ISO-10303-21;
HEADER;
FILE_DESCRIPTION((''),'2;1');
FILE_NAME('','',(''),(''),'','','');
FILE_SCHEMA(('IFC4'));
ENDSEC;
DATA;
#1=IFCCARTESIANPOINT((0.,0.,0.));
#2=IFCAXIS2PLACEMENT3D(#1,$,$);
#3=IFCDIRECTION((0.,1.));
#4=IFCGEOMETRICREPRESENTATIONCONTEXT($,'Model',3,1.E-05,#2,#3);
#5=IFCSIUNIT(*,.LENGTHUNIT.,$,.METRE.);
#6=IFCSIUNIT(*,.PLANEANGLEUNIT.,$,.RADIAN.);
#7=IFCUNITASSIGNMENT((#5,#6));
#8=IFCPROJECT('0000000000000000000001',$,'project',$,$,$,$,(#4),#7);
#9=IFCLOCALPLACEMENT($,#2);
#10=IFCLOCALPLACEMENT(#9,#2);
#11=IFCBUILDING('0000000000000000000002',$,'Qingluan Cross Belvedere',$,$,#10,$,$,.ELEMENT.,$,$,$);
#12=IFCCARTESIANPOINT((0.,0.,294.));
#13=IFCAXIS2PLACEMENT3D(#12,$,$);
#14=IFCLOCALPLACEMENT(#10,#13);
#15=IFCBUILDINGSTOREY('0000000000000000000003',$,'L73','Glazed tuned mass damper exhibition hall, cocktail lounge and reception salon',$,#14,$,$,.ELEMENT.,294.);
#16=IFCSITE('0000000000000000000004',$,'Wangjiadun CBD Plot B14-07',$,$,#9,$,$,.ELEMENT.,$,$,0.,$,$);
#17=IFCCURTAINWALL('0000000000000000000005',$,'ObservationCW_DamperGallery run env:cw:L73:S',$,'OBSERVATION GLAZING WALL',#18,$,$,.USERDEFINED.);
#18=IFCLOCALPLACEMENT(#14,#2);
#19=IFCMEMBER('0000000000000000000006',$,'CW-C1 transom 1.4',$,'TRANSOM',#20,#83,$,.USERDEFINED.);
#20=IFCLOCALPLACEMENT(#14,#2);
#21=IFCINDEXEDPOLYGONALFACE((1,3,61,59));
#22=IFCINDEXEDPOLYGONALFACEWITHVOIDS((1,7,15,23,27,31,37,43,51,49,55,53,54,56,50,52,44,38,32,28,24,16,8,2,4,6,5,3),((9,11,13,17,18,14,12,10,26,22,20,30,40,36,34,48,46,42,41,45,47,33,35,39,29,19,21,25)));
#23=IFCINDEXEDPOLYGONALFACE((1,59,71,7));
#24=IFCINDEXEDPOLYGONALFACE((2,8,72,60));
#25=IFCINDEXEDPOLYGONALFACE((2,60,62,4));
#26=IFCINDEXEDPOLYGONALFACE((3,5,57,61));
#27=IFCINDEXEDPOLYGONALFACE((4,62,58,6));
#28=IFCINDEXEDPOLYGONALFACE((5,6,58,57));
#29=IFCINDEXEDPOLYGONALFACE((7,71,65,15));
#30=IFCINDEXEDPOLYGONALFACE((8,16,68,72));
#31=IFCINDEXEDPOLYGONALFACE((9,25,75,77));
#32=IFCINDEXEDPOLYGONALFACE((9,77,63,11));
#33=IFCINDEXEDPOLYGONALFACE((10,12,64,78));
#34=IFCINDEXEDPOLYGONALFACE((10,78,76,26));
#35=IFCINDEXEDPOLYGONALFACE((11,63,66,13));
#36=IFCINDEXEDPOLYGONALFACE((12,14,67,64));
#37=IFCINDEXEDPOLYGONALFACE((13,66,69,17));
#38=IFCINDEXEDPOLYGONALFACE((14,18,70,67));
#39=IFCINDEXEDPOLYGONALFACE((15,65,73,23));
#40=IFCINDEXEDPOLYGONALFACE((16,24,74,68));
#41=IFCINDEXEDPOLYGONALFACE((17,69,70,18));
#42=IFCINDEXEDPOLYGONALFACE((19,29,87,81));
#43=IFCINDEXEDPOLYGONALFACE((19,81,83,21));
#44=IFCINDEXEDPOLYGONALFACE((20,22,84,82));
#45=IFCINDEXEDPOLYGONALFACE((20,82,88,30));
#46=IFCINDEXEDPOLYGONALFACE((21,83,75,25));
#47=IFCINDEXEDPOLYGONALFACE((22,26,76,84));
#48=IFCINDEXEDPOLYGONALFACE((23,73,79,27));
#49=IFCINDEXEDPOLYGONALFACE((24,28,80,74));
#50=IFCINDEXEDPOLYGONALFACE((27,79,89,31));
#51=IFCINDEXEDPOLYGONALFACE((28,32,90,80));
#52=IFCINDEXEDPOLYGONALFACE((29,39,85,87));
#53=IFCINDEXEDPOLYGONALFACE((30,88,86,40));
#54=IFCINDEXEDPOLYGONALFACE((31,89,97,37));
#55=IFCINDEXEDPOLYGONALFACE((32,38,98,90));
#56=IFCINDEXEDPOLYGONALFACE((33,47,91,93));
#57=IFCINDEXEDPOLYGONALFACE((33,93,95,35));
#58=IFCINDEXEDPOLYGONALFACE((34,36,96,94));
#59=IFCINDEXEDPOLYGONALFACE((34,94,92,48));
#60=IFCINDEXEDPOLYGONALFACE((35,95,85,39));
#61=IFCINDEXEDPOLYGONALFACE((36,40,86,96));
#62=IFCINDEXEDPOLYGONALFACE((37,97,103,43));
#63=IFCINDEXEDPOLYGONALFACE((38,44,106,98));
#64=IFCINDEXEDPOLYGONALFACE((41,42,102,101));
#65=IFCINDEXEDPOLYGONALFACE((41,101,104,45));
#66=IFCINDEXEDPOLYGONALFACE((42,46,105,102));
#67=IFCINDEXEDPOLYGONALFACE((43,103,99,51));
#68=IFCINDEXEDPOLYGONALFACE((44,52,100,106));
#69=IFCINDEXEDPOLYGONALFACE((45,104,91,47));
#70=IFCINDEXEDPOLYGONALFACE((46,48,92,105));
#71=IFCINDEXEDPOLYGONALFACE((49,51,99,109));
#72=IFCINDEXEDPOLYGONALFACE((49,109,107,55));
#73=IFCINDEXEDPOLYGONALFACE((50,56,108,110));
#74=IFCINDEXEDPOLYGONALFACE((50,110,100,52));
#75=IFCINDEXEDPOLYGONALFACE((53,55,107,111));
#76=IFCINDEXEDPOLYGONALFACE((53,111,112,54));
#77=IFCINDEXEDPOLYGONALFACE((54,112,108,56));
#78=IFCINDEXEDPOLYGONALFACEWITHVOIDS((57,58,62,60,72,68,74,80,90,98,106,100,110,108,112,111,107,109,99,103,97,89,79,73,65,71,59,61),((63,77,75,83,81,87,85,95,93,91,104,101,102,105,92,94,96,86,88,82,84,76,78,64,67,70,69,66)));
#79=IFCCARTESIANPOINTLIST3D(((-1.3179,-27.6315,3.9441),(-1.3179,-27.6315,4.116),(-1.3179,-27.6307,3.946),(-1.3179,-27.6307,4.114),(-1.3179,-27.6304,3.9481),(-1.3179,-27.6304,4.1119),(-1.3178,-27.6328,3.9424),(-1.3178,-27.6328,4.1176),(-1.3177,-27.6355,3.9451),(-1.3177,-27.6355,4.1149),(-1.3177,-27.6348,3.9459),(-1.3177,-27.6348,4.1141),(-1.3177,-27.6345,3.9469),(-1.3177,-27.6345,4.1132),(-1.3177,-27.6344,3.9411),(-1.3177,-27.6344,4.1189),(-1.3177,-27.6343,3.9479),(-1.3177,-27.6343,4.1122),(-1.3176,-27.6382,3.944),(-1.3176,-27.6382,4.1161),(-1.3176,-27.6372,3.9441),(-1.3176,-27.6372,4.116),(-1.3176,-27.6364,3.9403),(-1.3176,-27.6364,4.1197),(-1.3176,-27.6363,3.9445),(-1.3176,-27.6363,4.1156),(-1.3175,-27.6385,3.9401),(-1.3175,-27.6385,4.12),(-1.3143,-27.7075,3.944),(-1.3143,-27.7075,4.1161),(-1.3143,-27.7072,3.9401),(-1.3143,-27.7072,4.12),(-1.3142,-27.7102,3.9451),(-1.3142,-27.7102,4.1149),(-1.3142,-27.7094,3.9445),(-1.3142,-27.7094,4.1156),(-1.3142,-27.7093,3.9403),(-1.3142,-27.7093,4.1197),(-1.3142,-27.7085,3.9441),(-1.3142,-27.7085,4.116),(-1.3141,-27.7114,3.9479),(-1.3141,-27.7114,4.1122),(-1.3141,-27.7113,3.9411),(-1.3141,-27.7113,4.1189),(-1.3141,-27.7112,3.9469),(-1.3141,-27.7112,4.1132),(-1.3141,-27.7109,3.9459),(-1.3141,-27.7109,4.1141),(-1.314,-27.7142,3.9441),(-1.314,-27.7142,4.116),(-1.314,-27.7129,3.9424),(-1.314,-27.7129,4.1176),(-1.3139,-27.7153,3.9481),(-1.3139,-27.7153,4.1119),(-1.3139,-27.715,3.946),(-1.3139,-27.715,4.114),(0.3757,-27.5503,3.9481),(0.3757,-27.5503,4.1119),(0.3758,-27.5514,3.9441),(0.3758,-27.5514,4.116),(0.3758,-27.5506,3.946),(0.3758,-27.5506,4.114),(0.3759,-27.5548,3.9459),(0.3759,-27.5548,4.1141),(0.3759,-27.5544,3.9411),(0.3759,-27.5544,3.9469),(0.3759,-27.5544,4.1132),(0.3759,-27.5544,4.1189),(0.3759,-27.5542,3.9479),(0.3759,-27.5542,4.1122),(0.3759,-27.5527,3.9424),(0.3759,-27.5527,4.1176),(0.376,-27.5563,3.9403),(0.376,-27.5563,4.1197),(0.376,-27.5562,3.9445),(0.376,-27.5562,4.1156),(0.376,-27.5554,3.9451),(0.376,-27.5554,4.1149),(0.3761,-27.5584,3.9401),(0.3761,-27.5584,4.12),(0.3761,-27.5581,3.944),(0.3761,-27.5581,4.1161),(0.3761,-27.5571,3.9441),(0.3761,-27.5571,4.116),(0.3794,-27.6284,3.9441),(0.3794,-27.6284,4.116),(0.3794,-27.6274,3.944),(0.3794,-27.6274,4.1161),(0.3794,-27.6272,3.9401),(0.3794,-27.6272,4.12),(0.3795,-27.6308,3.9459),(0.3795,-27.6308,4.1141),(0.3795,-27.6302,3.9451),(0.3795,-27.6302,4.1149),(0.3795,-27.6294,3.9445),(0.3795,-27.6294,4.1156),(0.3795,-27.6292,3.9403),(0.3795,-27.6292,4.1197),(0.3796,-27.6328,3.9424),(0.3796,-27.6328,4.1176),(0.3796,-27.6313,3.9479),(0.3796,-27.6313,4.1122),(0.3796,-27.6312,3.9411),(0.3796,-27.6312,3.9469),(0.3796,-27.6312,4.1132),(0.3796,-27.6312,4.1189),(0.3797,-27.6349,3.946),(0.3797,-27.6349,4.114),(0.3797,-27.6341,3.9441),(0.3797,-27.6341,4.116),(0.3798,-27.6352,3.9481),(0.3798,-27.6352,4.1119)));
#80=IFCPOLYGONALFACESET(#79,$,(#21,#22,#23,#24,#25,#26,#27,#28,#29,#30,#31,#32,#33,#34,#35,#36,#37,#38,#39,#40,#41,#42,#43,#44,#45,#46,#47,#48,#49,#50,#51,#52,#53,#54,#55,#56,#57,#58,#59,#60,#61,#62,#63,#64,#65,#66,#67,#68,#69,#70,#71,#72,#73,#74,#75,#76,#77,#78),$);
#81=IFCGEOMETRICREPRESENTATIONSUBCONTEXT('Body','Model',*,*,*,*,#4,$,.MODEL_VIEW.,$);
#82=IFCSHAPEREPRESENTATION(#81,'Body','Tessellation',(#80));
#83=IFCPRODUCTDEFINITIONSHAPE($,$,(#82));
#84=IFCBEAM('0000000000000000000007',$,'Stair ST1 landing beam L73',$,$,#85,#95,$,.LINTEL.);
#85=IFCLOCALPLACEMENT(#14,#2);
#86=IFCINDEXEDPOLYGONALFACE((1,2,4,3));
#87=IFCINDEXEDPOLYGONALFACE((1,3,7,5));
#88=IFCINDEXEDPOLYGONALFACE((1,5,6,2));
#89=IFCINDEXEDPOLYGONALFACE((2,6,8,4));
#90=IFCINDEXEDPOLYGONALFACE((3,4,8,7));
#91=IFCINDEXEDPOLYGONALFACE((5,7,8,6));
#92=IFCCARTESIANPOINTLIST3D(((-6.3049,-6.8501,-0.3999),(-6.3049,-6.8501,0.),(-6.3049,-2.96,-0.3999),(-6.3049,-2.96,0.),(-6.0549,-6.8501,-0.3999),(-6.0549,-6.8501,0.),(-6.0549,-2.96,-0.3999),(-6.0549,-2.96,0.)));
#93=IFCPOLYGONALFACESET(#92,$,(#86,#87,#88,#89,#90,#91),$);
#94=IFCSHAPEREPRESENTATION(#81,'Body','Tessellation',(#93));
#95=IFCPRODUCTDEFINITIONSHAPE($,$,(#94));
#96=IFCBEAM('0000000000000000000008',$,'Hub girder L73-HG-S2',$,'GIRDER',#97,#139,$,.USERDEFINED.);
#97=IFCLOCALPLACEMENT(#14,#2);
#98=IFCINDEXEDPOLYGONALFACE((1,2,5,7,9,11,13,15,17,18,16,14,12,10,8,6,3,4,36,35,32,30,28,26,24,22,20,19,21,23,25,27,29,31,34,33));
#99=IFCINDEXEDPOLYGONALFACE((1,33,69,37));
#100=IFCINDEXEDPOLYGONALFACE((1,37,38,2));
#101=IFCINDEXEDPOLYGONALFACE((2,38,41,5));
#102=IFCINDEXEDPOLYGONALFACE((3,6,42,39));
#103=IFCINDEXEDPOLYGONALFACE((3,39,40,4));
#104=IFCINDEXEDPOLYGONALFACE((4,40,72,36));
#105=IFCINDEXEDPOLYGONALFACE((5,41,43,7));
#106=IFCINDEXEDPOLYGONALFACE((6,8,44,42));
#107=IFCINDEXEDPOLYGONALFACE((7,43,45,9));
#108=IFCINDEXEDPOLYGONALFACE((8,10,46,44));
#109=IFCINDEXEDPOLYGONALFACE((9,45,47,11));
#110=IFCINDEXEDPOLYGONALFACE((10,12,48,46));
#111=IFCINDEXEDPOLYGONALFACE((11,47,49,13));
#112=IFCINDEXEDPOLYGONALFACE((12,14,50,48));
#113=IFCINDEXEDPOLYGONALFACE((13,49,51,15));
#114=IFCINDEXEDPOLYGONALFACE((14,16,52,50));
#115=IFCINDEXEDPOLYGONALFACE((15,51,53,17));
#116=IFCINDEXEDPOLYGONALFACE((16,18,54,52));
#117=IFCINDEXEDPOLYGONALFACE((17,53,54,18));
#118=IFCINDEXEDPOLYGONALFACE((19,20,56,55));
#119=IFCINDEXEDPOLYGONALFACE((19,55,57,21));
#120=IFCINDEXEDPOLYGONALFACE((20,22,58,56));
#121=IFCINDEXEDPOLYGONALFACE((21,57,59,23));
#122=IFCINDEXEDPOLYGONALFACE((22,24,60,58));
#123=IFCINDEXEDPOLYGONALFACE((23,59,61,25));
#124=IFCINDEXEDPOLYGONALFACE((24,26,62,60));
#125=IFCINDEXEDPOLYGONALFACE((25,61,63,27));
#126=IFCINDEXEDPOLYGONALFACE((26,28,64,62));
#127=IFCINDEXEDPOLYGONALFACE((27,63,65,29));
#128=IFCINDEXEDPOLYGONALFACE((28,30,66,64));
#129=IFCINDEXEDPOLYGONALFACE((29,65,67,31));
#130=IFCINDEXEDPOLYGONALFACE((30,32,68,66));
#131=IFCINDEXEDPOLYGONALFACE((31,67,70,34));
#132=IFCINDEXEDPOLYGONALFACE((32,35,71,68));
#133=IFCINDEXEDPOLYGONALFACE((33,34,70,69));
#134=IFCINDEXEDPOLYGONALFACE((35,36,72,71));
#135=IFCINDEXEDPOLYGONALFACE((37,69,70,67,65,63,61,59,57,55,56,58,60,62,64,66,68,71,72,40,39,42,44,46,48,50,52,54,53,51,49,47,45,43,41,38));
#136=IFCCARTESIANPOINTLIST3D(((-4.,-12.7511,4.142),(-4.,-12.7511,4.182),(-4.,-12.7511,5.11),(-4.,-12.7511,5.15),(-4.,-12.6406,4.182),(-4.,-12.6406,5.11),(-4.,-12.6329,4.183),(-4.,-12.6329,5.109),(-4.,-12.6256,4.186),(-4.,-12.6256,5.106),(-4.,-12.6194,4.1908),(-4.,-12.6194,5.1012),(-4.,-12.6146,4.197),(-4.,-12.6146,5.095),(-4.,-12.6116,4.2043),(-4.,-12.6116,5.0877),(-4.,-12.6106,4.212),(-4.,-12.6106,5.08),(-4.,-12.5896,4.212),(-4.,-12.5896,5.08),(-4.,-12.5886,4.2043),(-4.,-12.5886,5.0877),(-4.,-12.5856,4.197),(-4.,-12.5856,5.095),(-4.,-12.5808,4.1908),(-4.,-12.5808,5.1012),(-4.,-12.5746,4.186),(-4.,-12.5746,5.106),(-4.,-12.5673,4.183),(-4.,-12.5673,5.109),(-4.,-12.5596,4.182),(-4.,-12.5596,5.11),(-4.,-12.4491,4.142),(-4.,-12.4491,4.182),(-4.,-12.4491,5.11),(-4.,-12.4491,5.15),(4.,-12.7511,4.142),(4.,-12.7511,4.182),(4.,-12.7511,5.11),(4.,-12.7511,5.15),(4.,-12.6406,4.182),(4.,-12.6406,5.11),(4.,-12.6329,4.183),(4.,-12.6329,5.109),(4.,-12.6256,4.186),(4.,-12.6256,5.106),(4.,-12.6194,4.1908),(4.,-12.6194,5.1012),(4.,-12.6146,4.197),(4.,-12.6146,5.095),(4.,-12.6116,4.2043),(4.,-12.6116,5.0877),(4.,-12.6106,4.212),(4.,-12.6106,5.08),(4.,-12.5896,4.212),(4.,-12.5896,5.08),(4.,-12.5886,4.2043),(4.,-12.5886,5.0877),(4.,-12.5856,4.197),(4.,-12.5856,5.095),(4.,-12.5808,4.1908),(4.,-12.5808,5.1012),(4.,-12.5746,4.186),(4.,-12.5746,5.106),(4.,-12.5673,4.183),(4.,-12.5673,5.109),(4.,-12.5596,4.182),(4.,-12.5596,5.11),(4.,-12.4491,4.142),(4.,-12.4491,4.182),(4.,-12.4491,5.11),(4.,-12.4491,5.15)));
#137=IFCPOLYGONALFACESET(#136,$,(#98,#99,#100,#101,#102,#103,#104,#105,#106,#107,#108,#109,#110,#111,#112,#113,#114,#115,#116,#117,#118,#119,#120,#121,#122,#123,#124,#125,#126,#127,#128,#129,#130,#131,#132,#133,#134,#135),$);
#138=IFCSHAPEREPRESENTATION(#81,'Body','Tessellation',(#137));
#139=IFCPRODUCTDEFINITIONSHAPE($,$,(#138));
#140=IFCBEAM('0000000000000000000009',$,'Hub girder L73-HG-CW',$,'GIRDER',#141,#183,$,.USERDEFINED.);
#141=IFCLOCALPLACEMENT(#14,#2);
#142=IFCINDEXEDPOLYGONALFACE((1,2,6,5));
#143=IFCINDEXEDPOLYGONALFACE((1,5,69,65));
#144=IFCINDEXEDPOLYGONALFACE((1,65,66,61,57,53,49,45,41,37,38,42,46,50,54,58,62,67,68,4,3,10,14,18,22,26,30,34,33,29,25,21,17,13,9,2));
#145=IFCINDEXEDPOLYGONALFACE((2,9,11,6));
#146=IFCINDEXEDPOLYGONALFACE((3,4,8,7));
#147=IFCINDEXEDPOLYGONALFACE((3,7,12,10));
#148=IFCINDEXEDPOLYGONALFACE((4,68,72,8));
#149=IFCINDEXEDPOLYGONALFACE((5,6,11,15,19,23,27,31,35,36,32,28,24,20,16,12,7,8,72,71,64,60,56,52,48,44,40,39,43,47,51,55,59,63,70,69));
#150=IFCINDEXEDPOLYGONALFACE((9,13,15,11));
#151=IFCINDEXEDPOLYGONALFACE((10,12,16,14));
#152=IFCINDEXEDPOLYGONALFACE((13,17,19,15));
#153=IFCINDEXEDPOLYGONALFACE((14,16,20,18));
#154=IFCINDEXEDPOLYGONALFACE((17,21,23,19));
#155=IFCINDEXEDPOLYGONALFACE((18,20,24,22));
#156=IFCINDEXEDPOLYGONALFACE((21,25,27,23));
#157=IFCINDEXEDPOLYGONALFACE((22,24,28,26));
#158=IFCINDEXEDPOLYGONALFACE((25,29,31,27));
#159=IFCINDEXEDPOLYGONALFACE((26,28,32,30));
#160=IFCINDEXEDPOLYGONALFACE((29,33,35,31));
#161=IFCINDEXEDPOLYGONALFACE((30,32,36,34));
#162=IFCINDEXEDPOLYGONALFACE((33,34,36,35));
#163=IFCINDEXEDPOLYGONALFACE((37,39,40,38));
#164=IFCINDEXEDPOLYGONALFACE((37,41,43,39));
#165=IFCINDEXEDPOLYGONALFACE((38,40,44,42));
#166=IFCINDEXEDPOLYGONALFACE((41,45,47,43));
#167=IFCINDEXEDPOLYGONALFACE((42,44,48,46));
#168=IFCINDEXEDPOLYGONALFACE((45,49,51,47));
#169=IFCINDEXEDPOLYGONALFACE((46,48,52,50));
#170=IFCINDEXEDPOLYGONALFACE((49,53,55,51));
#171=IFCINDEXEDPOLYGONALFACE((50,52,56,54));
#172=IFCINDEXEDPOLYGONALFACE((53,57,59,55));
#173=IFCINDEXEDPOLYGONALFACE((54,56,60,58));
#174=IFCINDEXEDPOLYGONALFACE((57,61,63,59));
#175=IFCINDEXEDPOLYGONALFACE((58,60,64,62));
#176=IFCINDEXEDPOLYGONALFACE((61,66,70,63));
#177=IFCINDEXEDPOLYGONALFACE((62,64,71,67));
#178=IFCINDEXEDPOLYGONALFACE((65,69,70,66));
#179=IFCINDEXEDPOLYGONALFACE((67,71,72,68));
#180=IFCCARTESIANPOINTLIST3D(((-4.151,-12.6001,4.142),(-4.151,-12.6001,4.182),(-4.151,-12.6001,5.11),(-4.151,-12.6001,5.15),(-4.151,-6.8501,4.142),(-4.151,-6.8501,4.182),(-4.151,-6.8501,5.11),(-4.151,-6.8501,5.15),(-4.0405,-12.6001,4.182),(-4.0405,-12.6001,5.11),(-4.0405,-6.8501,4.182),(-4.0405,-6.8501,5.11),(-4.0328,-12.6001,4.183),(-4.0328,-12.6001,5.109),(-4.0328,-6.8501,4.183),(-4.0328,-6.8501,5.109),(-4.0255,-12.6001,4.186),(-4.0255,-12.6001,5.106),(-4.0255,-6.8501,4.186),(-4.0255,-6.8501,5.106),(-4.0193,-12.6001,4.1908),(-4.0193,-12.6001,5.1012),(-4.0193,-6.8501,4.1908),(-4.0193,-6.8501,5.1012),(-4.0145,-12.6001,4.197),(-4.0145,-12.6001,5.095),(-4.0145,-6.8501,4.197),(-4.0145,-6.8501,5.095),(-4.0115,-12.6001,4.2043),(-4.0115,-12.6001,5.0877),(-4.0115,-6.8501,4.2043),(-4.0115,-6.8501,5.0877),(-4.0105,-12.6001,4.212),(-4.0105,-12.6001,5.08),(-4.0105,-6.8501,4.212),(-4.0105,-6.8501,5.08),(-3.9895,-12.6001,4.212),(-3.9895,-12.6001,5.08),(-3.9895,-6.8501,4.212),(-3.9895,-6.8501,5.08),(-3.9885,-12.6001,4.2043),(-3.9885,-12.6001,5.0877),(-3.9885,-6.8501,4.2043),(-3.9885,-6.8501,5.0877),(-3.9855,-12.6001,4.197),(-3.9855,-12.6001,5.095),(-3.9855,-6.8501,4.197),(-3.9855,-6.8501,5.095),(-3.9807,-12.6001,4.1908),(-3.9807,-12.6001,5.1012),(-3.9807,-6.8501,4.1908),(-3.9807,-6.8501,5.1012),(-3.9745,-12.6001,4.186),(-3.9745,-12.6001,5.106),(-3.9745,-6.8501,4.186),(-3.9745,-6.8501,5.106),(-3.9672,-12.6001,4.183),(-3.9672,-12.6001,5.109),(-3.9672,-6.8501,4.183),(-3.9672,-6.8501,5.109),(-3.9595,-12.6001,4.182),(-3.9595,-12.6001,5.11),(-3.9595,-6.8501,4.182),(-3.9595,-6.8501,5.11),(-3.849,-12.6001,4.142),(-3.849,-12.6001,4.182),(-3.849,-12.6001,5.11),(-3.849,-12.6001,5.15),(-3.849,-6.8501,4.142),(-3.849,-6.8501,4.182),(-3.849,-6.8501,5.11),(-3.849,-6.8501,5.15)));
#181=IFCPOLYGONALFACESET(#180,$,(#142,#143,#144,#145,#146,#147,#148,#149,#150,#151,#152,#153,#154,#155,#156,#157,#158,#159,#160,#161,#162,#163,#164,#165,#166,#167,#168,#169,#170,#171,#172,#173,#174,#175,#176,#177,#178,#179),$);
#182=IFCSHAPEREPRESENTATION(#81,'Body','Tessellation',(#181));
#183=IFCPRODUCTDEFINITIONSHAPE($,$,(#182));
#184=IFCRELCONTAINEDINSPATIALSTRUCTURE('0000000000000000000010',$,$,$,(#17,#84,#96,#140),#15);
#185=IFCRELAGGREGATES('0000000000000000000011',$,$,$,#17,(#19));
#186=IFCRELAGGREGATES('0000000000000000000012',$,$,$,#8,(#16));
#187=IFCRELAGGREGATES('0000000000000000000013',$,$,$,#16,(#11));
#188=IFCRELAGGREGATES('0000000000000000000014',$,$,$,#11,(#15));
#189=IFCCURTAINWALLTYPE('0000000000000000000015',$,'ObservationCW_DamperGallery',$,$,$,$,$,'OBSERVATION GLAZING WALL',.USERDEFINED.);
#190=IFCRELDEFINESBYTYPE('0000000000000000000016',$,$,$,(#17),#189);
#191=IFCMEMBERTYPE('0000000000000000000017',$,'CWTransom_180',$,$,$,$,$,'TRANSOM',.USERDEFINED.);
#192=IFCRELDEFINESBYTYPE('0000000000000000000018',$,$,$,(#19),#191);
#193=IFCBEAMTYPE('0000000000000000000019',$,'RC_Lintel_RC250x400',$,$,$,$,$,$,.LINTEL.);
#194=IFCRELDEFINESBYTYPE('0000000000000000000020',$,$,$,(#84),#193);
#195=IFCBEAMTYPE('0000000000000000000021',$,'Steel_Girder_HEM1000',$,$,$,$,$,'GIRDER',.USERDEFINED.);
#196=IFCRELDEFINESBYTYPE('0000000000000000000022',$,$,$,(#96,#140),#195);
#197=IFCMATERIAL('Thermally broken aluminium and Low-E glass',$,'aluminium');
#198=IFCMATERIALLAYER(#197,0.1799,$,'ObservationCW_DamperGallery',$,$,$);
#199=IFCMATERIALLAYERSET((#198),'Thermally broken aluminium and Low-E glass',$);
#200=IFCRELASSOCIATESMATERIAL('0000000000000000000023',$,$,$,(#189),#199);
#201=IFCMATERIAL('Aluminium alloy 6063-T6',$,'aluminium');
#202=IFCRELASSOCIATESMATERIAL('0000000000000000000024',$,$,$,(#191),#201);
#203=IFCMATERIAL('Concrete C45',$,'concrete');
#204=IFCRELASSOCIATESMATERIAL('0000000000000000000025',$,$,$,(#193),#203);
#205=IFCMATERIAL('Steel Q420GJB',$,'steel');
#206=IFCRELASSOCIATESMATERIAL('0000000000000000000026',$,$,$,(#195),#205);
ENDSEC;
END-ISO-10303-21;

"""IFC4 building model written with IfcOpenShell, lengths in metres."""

from ifc_helpers import new_model, si_unit, direction, frame, origin, origin_2d, place, context, subcontext, project, spatial, rectangle, hollow_rectangle, i_section, extrude, material, layer, layer_set, material_profile, profile_set, type_object, element, aggregate, save


model = new_model("IFC4")

# Units and contexts
model_context = context("Model", 3, precision=1e-05, world=origin(), true_north=direction((0.0, 1.0)))
body_context = subcontext(model_context, "Body", "Model", "MODEL_VIEW")
ifc_project = project(units=[si_unit("LENGTHUNIT", "METRE"), si_unit("PLANEANGLEUNIT", "RADIAN")], contexts=[model_context])

# Site, building, storey
site_placement = place(None, origin())
site = spatial("IfcSite", under=ifc_project, at=site_placement, Name="Wangjiadun CBD Plot B14-07", CompositionType="ELEMENT", RefElevation=0.0)
building_placement = place(site_placement, origin())
building = spatial("IfcBuilding", under=site, at=building_placement, Name="Qingluan Cross Belvedere", CompositionType="ELEMENT")
storey_placement = place(building_placement, frame((0.0, 0.0, 294.0)))
storey = spatial("IfcBuildingStorey", under=building, at=storey_placement, Name="L73", Description="Glazed tuned mass damper exhibition hall, cocktail lounge and reception salon", CompositionType="ELEMENT", Elevation=294.0)

# Curtain wall, member
ifc_material_1 = material(Name="Thermally broken aluminium and Low-E glass", Category="aluminium")
ifc_layer_1 = layer(ifc_material_1, 0.1799, Name="ObservationCW_DamperGallery")
ifc_layer_set_1 = layer_set([ifc_layer_1], Name="Thermally broken aluminium and Low-E glass")
curtain_wall_type = type_object("IfcCurtainWallType", Name="ObservationCW_DamperGallery", ElementType="OBSERVATION GLAZING WALL", PredefinedType="USERDEFINED", material=ifc_layer_set_1)
curtain_wall_placement = place(storey_placement, origin())
curtain_wall = element("IfcCurtainWall", 1, at=curtain_wall_placement, inside=storey, type_object=curtain_wall_type, Name="ObservationCW_DamperGallery run env:cw:L73:S", ObjectType="OBSERVATION GLAZING WALL", PredefinedType="USERDEFINED")
ifc_material_2 = material(Name="Aluminium alloy 6063-T6", Category="aluminium")
ifc_material_profile_1 = material_profile(ifc_material_2, hollow_rectangle(XDim=0.085, YDim=0.1799, WallThickness=0.0039, InnerFilletRadius=0.0039, OuterFilletRadius=0.0081, at=origin_2d()), Name="CWT180x85x4")
ifc_profile_set_1 = profile_set([ifc_material_profile_1], Name="Aluminium alloy 6063-T6")
member_type_1 = type_object("IfcMemberType", Name="CWTransom_180", ElementType="TRANSOM", PredefinedType="USERDEFINED", material=ifc_profile_set_1)
member_1_placement = place(storey_placement, frame((-1.3159, -27.6729, 4.03), z_axis=(0.998884, 0.04723, 0.0), x_axis=(-0.04723, 0.998884, 0.0)))
member_1 = element("IfcMember", 2, at=member_1_placement, type_object=member_type_1, Name="CW-C1 transom 1.4", ObjectType="TRANSOM", PredefinedType="USERDEFINED", context=body_context, shape_type="SweptSolid", body=[
    extrude(hollow_rectangle(XDim=0.085, YDim=0.1799, WallThickness=0.0039, InnerFilletRadius=0.0039, OuterFilletRadius=0.0081, at=origin_2d()), origin(), (0.0, 0.0, 1.0), 1.6956),
])

# Beams
ifc_material_3 = material(Name="Concrete C45", Category="concrete")
ifc_material_profile_2 = material_profile(ifc_material_3, rectangle(XDim=0.25, YDim=0.3999, at=origin_2d()), Name="RC250x400")
ifc_profile_set_2 = profile_set([ifc_material_profile_2], Name="Concrete C45")
beam_type_1 = type_object("IfcBeamType", Name="RC_Lintel_RC250x400", PredefinedType="LINTEL", material=ifc_profile_set_2)
beam_1_placement = place(storey_placement, frame((-6.1799, -6.8501, -0.2), z_axis=(0.0, 1.0, 0.0), x_axis=(-1.0, 0.0, 0.0)))
element("IfcBeam", 3, at=beam_1_placement, inside=storey, type_object=beam_type_1, Name="Stair ST1 landing beam L73", PredefinedType="LINTEL", context=body_context, shape_type="SweptSolid", body=[
    extrude(rectangle(XDim=0.25, YDim=0.3999, at=origin_2d()), origin(), (0.0, 0.0, 1.0), 3.8901),
])
ifc_material_4 = material(Name="Steel Q420GJB", Category="steel")
ifc_material_profile_3 = material_profile(ifc_material_4, i_section(OverallWidth=0.302, OverallDepth=1.0081, WebThickness=0.021, FlangeThickness=0.04, FilletRadius=0.03, at=origin_2d()), Name="HEM1000")
ifc_profile_set_3 = profile_set([ifc_material_profile_3], Name="Steel Q420GJB")
beam_type_2 = type_object("IfcBeamType", Name="Steel_Girder_HEM1000", ElementType="GIRDER", PredefinedType="USERDEFINED", material=ifc_profile_set_3)
beam_2_placement = place(storey_placement, frame((-4.0, -12.6001, 4.646), z_axis=(1.0, 0.0, 0.0), x_axis=(0.0, 1.0, 0.0)))
element("IfcBeam", 4, at=beam_2_placement, inside=storey, type_object=beam_type_2, Name="Hub girder L73-HG-S2", ObjectType="GIRDER", PredefinedType="USERDEFINED", context=body_context, shape_type="SweptSolid", body=[
    extrude(i_section(OverallWidth=0.302, OverallDepth=1.0081, WebThickness=0.021, FlangeThickness=0.04, FilletRadius=0.03, at=origin_2d()), origin(), (0.0, 0.0, 1.0), 8.0),
])
beam_3_placement = place(storey_placement, frame((-4.0, -12.6001, 4.646), z_axis=(0.0, 1.0, 0.0), x_axis=(-1.0, 0.0, 0.0)))
element("IfcBeam", 5, at=beam_3_placement, inside=storey, type_object=beam_type_2, Name="Hub girder L73-HG-CW", ObjectType="GIRDER", PredefinedType="USERDEFINED", context=body_context, shape_type="SweptSolid", body=[
    extrude(i_section(OverallWidth=0.302, OverallDepth=1.0081, WebThickness=0.021, FlangeThickness=0.04, FilletRadius=0.03, at=origin_2d()), origin(), (0.0, 0.0, 1.0), 5.75),
])

aggregate(curtain_wall, [member_1])

save(model, "model.ifc")
